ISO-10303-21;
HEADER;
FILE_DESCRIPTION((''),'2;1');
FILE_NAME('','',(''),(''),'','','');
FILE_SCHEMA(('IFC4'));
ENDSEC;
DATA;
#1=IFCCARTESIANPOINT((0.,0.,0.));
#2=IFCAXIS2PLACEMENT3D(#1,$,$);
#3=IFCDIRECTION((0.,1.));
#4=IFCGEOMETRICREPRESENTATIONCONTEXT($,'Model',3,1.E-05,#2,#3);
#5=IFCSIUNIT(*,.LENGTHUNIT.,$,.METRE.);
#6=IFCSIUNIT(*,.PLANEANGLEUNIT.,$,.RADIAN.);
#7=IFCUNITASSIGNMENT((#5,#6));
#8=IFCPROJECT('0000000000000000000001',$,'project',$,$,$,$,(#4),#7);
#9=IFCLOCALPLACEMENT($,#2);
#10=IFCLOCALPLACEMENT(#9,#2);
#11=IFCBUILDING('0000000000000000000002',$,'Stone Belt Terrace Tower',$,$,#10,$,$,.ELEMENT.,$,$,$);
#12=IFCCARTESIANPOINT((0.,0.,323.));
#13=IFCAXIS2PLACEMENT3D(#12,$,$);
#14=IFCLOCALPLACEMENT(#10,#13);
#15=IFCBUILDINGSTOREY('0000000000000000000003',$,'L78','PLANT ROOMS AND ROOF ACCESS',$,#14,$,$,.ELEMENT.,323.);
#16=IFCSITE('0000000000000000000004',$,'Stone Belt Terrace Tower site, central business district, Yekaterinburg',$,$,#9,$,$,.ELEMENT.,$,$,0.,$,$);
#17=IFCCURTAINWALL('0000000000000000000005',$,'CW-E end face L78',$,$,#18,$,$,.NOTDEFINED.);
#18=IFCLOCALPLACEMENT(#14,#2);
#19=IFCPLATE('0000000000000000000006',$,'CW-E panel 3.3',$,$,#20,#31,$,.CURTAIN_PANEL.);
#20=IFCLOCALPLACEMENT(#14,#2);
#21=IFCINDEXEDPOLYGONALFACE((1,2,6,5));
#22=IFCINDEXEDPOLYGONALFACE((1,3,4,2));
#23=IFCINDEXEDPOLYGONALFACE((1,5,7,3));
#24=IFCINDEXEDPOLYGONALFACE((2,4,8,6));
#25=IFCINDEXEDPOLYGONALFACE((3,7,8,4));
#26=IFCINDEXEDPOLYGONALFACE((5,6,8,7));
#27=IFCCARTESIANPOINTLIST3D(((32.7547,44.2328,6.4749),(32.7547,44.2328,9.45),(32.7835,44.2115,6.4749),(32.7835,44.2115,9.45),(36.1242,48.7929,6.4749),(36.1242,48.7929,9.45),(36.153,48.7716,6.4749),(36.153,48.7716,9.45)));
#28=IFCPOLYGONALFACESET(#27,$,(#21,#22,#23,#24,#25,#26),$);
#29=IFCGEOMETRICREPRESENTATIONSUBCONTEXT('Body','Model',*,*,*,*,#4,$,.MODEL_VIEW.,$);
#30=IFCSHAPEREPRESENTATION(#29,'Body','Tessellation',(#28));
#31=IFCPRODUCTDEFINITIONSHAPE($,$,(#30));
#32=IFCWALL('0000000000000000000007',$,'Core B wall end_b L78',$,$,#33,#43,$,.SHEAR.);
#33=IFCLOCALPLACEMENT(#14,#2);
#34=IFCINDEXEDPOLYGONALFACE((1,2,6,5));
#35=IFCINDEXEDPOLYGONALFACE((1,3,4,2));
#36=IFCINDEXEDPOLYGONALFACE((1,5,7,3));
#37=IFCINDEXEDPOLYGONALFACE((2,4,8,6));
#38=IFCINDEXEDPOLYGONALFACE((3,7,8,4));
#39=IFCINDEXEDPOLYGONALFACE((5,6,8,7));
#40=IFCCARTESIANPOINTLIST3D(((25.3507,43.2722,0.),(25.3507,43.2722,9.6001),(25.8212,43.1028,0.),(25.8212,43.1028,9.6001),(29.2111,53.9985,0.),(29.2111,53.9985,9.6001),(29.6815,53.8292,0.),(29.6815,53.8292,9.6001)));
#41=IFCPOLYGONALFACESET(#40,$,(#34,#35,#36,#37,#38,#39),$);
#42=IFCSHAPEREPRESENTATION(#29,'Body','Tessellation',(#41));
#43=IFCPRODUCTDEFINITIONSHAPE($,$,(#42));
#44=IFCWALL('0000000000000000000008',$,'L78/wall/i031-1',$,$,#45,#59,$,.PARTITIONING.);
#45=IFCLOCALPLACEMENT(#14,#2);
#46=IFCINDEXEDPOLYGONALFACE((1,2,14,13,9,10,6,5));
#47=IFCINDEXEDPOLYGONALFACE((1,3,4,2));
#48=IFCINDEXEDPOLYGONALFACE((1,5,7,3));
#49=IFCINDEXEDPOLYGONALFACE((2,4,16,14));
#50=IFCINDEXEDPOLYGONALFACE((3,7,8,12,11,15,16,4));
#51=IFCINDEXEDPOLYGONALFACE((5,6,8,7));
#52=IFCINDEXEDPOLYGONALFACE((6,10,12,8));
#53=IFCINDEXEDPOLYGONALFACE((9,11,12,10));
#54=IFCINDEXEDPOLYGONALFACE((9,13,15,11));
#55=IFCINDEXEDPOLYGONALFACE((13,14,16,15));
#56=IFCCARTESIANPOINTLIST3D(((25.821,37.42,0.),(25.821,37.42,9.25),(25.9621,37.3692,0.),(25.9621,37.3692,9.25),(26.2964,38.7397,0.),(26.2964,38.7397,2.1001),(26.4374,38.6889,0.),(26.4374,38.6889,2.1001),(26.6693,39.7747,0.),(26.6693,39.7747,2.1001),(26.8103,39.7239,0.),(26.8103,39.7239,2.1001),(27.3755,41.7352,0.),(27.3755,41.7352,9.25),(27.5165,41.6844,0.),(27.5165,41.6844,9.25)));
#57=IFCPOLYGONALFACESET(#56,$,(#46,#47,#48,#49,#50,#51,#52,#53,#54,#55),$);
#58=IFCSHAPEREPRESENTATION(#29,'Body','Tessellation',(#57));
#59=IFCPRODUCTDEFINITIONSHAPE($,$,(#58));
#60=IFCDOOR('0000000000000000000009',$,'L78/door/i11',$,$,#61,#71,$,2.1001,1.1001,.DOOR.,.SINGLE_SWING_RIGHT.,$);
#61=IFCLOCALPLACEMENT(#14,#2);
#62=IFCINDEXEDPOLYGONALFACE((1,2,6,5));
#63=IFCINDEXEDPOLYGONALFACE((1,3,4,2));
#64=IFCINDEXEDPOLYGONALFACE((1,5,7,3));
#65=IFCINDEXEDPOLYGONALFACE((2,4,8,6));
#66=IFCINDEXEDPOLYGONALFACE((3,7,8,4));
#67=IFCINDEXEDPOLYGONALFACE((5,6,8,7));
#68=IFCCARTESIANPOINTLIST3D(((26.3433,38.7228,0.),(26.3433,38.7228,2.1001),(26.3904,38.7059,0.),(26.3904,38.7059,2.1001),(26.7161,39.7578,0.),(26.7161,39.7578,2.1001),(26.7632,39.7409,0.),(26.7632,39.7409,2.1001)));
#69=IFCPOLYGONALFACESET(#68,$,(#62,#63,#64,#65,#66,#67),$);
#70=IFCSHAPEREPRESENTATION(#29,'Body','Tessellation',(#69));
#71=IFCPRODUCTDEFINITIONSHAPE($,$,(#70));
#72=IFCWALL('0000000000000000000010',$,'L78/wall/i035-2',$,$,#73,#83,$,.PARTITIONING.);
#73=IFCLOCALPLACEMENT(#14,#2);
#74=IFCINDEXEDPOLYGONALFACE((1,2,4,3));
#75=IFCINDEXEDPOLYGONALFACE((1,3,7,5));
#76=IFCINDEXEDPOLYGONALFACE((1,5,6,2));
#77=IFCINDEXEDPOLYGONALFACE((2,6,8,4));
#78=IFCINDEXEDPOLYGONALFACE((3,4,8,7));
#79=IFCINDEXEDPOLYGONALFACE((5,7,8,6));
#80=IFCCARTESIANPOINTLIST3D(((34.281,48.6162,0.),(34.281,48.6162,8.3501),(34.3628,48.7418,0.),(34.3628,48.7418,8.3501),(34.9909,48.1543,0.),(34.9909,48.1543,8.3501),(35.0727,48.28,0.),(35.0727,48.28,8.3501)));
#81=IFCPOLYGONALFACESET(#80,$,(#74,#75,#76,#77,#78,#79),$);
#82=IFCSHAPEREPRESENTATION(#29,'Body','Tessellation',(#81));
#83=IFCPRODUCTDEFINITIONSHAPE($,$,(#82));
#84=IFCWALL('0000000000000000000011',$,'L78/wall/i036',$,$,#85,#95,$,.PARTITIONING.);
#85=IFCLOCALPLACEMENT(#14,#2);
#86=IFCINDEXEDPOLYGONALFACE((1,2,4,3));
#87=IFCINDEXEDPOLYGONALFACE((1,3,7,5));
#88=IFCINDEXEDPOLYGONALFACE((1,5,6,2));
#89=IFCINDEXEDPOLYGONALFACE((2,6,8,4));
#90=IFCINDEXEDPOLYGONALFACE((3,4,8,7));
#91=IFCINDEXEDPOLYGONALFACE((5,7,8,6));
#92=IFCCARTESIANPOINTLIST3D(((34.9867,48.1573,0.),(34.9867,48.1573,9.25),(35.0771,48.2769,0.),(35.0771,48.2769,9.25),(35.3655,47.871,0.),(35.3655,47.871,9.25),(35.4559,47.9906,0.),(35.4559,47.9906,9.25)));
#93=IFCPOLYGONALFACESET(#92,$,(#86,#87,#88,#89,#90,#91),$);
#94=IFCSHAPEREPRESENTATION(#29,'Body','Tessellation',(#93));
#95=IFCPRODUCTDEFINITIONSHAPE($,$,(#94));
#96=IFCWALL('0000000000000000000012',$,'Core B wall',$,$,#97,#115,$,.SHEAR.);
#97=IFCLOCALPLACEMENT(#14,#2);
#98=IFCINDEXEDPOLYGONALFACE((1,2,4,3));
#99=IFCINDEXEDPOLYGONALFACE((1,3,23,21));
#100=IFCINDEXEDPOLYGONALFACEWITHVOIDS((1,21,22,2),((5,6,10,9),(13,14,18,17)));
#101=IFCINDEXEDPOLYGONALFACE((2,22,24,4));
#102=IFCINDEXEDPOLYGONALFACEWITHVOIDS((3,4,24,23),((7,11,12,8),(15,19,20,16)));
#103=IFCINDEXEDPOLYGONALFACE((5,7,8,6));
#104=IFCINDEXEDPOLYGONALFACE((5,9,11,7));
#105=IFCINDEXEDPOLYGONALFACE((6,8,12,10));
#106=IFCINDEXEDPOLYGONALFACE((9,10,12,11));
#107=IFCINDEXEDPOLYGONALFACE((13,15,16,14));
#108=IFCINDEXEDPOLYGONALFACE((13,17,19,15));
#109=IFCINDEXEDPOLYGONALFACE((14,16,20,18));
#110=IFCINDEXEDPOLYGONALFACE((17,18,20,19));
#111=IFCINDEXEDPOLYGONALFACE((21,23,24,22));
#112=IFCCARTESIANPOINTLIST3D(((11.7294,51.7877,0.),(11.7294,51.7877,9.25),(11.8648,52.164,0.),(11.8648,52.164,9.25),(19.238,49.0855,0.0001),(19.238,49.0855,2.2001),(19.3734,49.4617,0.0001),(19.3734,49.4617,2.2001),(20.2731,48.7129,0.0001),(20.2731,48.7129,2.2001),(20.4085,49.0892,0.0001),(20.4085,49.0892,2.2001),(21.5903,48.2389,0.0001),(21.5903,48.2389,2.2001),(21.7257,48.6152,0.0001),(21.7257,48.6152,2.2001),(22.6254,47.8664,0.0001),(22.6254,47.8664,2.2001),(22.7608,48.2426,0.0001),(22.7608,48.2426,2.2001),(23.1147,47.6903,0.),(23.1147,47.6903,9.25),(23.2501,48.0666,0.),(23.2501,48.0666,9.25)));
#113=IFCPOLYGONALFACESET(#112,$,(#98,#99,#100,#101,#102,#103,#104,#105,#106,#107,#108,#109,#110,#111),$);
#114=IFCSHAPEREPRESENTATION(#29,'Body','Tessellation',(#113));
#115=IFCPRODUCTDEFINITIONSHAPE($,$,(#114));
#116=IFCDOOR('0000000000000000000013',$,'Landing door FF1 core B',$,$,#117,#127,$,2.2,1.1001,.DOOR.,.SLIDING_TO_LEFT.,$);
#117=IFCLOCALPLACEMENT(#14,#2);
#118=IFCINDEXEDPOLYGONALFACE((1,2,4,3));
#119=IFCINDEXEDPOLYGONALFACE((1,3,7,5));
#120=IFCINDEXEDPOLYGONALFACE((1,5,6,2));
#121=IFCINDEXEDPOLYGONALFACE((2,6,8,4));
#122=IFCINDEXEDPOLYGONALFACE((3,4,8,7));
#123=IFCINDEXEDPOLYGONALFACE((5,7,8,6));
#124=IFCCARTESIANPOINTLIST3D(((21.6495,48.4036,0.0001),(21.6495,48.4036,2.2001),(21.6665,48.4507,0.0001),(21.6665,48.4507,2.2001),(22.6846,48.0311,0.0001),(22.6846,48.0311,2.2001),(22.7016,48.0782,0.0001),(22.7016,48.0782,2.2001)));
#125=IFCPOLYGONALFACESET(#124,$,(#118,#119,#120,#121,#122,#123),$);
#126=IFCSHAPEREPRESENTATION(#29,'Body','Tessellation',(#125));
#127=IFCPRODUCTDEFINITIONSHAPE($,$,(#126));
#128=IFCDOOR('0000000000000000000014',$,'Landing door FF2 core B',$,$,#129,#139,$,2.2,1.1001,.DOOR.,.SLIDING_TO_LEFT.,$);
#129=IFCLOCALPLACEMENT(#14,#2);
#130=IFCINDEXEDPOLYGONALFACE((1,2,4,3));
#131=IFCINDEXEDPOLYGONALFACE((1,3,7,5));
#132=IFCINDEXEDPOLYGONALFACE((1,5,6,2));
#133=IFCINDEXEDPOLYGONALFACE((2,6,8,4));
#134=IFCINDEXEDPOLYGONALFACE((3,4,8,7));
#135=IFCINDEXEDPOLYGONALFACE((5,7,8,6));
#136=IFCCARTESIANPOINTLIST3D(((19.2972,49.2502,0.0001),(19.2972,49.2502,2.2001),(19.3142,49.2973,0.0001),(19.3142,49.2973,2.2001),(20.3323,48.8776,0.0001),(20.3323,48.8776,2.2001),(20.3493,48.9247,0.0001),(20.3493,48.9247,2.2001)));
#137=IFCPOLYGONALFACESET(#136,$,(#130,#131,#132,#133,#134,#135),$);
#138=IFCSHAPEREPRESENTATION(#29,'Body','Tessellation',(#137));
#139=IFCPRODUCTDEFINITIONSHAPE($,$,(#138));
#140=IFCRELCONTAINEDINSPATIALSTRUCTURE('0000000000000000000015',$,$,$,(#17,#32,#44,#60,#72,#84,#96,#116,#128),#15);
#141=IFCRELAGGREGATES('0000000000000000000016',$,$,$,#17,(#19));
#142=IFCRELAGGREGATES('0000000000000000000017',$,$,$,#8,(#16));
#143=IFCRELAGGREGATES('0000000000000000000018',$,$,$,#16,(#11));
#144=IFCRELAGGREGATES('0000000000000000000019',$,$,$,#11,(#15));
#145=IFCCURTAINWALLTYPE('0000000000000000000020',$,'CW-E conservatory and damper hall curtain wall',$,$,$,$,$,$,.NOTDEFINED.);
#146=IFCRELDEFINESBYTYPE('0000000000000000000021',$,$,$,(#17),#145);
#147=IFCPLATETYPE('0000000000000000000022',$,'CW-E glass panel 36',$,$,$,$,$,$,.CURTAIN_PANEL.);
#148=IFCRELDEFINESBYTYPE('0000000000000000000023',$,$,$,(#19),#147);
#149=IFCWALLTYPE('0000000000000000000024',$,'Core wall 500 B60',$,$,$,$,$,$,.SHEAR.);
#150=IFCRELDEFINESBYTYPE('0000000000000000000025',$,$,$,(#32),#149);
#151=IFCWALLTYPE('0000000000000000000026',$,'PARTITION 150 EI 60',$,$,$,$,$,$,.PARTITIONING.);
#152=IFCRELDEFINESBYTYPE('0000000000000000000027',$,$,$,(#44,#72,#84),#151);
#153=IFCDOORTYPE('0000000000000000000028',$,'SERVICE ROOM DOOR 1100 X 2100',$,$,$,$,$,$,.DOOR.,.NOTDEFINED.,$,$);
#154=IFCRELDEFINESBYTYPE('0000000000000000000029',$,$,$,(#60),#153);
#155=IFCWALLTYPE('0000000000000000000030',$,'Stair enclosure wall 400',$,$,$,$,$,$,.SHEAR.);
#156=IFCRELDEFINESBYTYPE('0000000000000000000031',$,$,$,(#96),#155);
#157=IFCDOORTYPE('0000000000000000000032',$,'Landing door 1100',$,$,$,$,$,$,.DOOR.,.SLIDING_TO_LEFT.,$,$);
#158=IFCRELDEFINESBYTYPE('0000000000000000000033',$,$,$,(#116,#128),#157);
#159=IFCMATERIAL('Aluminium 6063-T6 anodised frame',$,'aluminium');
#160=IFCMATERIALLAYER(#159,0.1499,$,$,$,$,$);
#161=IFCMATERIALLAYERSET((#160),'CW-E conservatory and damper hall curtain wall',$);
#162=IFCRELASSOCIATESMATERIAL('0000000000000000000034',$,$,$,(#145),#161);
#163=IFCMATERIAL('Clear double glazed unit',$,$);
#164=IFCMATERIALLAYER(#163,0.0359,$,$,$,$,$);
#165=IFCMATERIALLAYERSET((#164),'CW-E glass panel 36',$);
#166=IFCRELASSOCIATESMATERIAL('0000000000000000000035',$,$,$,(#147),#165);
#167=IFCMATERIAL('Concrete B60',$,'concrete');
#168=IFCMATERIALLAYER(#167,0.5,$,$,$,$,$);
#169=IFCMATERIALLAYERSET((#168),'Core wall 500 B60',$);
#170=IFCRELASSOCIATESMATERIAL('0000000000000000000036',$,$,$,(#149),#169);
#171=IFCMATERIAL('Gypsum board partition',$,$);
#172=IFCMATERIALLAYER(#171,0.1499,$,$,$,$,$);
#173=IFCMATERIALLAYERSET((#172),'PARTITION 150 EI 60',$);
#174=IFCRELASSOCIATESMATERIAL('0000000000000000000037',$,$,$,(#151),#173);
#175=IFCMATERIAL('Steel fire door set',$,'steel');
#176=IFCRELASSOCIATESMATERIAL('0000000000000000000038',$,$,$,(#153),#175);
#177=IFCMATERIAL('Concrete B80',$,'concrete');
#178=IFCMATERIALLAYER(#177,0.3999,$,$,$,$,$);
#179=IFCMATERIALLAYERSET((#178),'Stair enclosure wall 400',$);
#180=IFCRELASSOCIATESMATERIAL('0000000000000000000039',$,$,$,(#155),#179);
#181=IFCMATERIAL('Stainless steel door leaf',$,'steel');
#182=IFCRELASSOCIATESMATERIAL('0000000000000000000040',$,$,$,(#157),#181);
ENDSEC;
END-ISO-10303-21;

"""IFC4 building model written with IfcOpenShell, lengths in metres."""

from ifc_helpers import new_model, si_unit, direction, frame, frame_2d, origin, origin_2d, place, context, subcontext, project, spatial, rectangle, extrude, material, layer, layer_set, type_object, element, fill, aggregate, save


model = new_model("IFC4")

# Units and contexts
model_context = context("Model", 3, precision=1e-05, world=origin(), true_north=direction((0.0, 1.0)))
body_context = subcontext(model_context, "Body", "Model", "MODEL_VIEW")
ifc_project = project(units=[si_unit("LENGTHUNIT", "METRE"), si_unit("PLANEANGLEUNIT", "RADIAN")], contexts=[model_context])

# Site, building, storey
site_placement = place(None, origin())
site = spatial("IfcSite", under=ifc_project, at=site_placement, Name="Stone Belt Terrace Tower site, central business district, Yekaterinburg", CompositionType="ELEMENT", RefElevation=0.0)
building_placement = place(site_placement, origin())
building = spatial("IfcBuilding", under=site, at=building_placement, Name="Stone Belt Terrace Tower", CompositionType="ELEMENT")
storey_placement = place(building_placement, frame((0.0, 0.0, 323.0)))
storey = spatial("IfcBuildingStorey", under=building, at=storey_placement, Name="L78", Description="PLANT ROOMS AND ROOF ACCESS", CompositionType="ELEMENT", Elevation=323.0)

# Shared definitions
ifc_material_1 = material(Name="Concrete B60", Category="concrete")

# Curtain wall
ifc_material_2 = material(Name="Aluminium 6063-T6 anodised frame", Category="aluminium")
ifc_layer_1 = layer(ifc_material_2, 0.1499)
ifc_layer_set_1 = layer_set([ifc_layer_1], Name="CW-E conservatory and damper hall curtain wall")
curtain_wall_type = type_object("IfcCurtainWallType", Name="CW-E conservatory and damper hall curtain wall", PredefinedType="NOTDEFINED", material=ifc_layer_set_1)
curtain_wall_placement = place(storey_placement, origin())
curtain_wall = element("IfcCurtainWall", 1, at=curtain_wall_placement, inside=storey, type_object=curtain_wall_type, Name="CW-E end face L78", PredefinedType="NOTDEFINED")

# Shared definitions
ifc_material_3 = material(Name="Concrete B80", Category="concrete")

# Plate
ifc_material_4 = material(Name="Clear double glazed unit")
ifc_layer_2 = layer(ifc_material_4, 0.0359)
ifc_layer_set_2 = layer_set([ifc_layer_2], Name="CW-E glass panel 36")
plate_type = type_object("IfcPlateType", Name="CW-E glass panel 36", PredefinedType="CURTAIN_PANEL", material=ifc_layer_set_2)
plate_1_placement = place(storey_placement, frame((34.4539, 46.5022, 6.4749), z_axis=(0.0, 0.0, 1.0), x_axis=(0.594275, 0.804262, 0.0)))
plate_1 = element("IfcPlate", 2, at=plate_1_placement, type_object=plate_type, Name="CW-E panel 3.3", PredefinedType="CURTAIN_PANEL", context=body_context, shape_type="SweptSolid", body=[
    extrude(rectangle(XDim=5.6699, YDim=0.0359, at=origin_2d()), origin(), (0.0, 0.0, 1.0), 2.9751),
])
aggregate(curtain_wall, [plate_1])

# Wall
ifc_layer_3 = layer(ifc_material_1, 0.5)
ifc_layer_set_3 = layer_set([ifc_layer_3], Name="Core wall 500 B60")
wall_type_1 = type_object("IfcWallType", Name="Core wall 500 B60", PredefinedType="SHEAR", material=ifc_layer_set_3)
wall_1_placement = place(storey_placement, frame((25.5859, 43.1875, 0.0), z_axis=(0.0, 0.0, 1.0), x_axis=(0.338632, 0.940919, 0.0)))
element("IfcWall", 3, at=wall_1_placement, inside=storey, type_object=wall_type_1, Name="Core B wall end_b L78", PredefinedType="SHEAR", context=body_context, shape_type="SweptSolid", body=[
    extrude(rectangle(XDim=11.3999, YDim=0.5, at=frame_2d((5.7, 0.0))), origin(), (0.0, 0.0, 1.0), 9.6001),
])

# Wall, opening, door
ifc_material_5 = material(Name="Gypsum board partition")
ifc_layer_4 = layer(ifc_material_5, 0.1499)
ifc_layer_set_4 = layer_set([ifc_layer_4], Name="PARTITION 150 EI 60")
wall_type_2 = type_object("IfcWallType", Name="PARTITION 150 EI 60", PredefinedType="PARTITIONING", material=ifc_layer_set_4)
wall_2_placement = place(storey_placement, frame((27.446, 41.71, 0.0), z_axis=(0.0, 0.0, 1.0), x_axis=(-0.338908, -0.94082, 0.0)))
wall_2 = element("IfcWall", 4, at=wall_2_placement, inside=storey, type_object=wall_type_2, Name="L78/wall/i031-1", PredefinedType="PARTITIONING", context=body_context, shape_type="SweptSolid", body=[
    extrude(rectangle(XDim=4.5867, YDim=0.1499, at=frame_2d((2.2935, 0.0))), origin(), (0.0, 0.0, 1.0), 9.25),
])
opening_1_placement = place(wall_2_placement, frame((2.084, 0.0, 0.0)))
opening_1 = element("IfcOpeningElement", 5, at=opening_1_placement, cuts=wall_2, PredefinedType="OPENING", context=body_context, shape_type="SweptSolid", body=[
    extrude(rectangle(XDim=1.1001, YDim=2.1001, at=frame_2d((0.55, 1.05))), frame((0.0, 0.085, 0.0), z_axis=(0.0, -1.0, 0.0), x_axis=(1.0, 0.0, 0.0)), (0.0, 0.0, 1.0), 0.1699),
])
ifc_material_6 = material(Name="Steel fire door set", Category="steel")
door_type_1 = type_object("IfcDoorType", Name="SERVICE ROOM DOOR 1100 X 2100", OperationType="NOTDEFINED", PredefinedType="DOOR", material=ifc_material_6)
door_1_placement = place(opening_1_placement, origin())
door_1 = element("IfcDoor", 6, at=door_1_placement, inside=storey, type_object=door_type_1, Name="L78/door/i11", OperationType="SINGLE_SWING_RIGHT", OverallHeight=2.1001, OverallWidth=1.1001, PredefinedType="DOOR", context=body_context, shape_type="SweptSolid", body=[
    extrude(rectangle(XDim=1.1001, YDim=2.1001, at=frame_2d((0.55, 1.05))), frame((0.0, 0.0249, 0.0), z_axis=(0.0, -1.0, 0.0), x_axis=(1.0, 0.0, 0.0)), (0.0, 0.0, 1.0), 0.05),
])
fill(opening_1, door_1)

# Walls
wall_3_placement = place(storey_placement, frame((34.322, 48.679, 0.0), z_axis=(0.0, 0.0, 1.0), x_axis=(0.838206, -0.545353, 0.0)))
element("IfcWall", 7, at=wall_3_placement, inside=storey, type_object=wall_type_2, Name="L78/wall/i035-2", PredefinedType="PARTITIONING", context=body_context, shape_type="SweptSolid", body=[
    extrude(rectangle(XDim=0.8469, YDim=0.1499, at=frame_2d((0.4233, 0.0))), origin(), (0.0, 0.0, 1.0), 8.3501),
])
wall_4_placement = place(storey_placement, frame((35.032, 48.217, 0.0), z_axis=(0.0, 0.0, 1.0), x_axis=(0.797774, -0.602957, 0.0)))
element("IfcWall", 8, at=wall_4_placement, inside=storey, type_object=wall_type_2, Name="L78/wall/i036", PredefinedType="PARTITIONING", context=body_context, shape_type="SweptSolid", body=[
    extrude(rectangle(XDim=0.4749, YDim=0.1499, at=frame_2d((0.2373, 0.0))), origin(), (0.0, 0.0, 1.0), 9.25),
])

# Wall, openings, doors
ifc_layer_5 = layer(ifc_material_3, 0.3999)
ifc_layer_set_5 = layer_set([ifc_layer_5], Name="Stair enclosure wall 400")
wall_type_3 = type_object("IfcWallType", Name="Stair enclosure wall 400", PredefinedType="SHEAR", material=ifc_layer_set_5)
wall_5_placement = place(storey_placement, frame((23.1824, 47.8784, 0.0), z_axis=(0.0, 0.0, 1.0), x_axis=(-0.940921, 0.338626, 0.0)))
wall_5 = element("IfcWall", 9, at=wall_5_placement, inside=storey, type_object=wall_type_3, Name="Core B wall", PredefinedType="SHEAR", context=body_context, shape_type="SweptSolid", body=[
    extrude(rectangle(XDim=12.1001, YDim=0.3999, at=frame_2d((6.05, 0.0))), origin(), (0.0, 0.0, 1.0), 9.25),
])
opening_2_placement = place(wall_5_placement, frame((0.52, 0.0, 0.0)))
opening_2 = element("IfcOpeningElement", 10, at=opening_2_placement, cuts=wall_5, PredefinedType="OPENING", context=body_context, shape_type="SweptSolid", body=[
    extrude(rectangle(XDim=1.1001, YDim=2.2, at=frame_2d((0.55, 1.1001))), frame((0.0, 0.21, 0.0), z_axis=(0.0, -1.0, 0.0), x_axis=(1.0, 0.0, 0.0)), (0.0, 0.0, 1.0), 0.4199),
])
opening_3_placement = place(wall_5_placement, frame((3.02, 0.0, 0.0)))
opening_3 = element("IfcOpeningElement", 11, at=opening_3_placement, cuts=wall_5, PredefinedType="OPENING", context=body_context, shape_type="SweptSolid", body=[
    extrude(rectangle(XDim=1.1001, YDim=2.2, at=frame_2d((0.55, 1.1001))), frame((0.0, 0.21, 0.0), z_axis=(0.0, -1.0, 0.0), x_axis=(1.0, 0.0, 0.0)), (0.0, 0.0, 1.0), 0.4199),
])
ifc_material_7 = material(Name="Stainless steel door leaf", Category="steel")
door_type_2 = type_object("IfcDoorType", Name="Landing door 1100", OperationType="SLIDING_TO_LEFT", PredefinedType="DOOR", material=ifc_material_7)
door_2_placement = place(opening_2_placement, origin())
door_2 = element("IfcDoor", 12, at=door_2_placement, inside=storey, type_object=door_type_2, Name="Landing door FF1 core B", OperationType="SLIDING_TO_LEFT", OverallHeight=2.2, OverallWidth=1.1001, PredefinedType="DOOR", context=body_context, shape_type="SweptSolid", body=[
    extrude(rectangle(XDim=1.1001, YDim=2.2, at=frame_2d((0.55, 1.1001))), frame((0.0, 0.0249, 0.0), z_axis=(0.0, -1.0, 0.0), x_axis=(1.0, 0.0, 0.0)), (0.0, 0.0, 1.0), 0.05),
])
fill(opening_2, door_2)
door_3_placement = place(opening_3_placement, origin())
door_3 = element("IfcDoor", 13, at=door_3_placement, inside=storey, type_object=door_type_2, Name="Landing door FF2 core B", OperationType="SLIDING_TO_LEFT", OverallHeight=2.2, OverallWidth=1.1001, PredefinedType="DOOR", context=body_context, shape_type="SweptSolid", body=[
    extrude(rectangle(XDim=1.1001, YDim=2.2, at=frame_2d((0.55, 1.1001))), frame((0.0, 0.0249, 0.0), z_axis=(0.0, -1.0, 0.0), x_axis=(1.0, 0.0, 0.0)), (0.0, 0.0, 1.0), 0.05),
])
fill(opening_3, door_3)

save(model, "model.ifc")
